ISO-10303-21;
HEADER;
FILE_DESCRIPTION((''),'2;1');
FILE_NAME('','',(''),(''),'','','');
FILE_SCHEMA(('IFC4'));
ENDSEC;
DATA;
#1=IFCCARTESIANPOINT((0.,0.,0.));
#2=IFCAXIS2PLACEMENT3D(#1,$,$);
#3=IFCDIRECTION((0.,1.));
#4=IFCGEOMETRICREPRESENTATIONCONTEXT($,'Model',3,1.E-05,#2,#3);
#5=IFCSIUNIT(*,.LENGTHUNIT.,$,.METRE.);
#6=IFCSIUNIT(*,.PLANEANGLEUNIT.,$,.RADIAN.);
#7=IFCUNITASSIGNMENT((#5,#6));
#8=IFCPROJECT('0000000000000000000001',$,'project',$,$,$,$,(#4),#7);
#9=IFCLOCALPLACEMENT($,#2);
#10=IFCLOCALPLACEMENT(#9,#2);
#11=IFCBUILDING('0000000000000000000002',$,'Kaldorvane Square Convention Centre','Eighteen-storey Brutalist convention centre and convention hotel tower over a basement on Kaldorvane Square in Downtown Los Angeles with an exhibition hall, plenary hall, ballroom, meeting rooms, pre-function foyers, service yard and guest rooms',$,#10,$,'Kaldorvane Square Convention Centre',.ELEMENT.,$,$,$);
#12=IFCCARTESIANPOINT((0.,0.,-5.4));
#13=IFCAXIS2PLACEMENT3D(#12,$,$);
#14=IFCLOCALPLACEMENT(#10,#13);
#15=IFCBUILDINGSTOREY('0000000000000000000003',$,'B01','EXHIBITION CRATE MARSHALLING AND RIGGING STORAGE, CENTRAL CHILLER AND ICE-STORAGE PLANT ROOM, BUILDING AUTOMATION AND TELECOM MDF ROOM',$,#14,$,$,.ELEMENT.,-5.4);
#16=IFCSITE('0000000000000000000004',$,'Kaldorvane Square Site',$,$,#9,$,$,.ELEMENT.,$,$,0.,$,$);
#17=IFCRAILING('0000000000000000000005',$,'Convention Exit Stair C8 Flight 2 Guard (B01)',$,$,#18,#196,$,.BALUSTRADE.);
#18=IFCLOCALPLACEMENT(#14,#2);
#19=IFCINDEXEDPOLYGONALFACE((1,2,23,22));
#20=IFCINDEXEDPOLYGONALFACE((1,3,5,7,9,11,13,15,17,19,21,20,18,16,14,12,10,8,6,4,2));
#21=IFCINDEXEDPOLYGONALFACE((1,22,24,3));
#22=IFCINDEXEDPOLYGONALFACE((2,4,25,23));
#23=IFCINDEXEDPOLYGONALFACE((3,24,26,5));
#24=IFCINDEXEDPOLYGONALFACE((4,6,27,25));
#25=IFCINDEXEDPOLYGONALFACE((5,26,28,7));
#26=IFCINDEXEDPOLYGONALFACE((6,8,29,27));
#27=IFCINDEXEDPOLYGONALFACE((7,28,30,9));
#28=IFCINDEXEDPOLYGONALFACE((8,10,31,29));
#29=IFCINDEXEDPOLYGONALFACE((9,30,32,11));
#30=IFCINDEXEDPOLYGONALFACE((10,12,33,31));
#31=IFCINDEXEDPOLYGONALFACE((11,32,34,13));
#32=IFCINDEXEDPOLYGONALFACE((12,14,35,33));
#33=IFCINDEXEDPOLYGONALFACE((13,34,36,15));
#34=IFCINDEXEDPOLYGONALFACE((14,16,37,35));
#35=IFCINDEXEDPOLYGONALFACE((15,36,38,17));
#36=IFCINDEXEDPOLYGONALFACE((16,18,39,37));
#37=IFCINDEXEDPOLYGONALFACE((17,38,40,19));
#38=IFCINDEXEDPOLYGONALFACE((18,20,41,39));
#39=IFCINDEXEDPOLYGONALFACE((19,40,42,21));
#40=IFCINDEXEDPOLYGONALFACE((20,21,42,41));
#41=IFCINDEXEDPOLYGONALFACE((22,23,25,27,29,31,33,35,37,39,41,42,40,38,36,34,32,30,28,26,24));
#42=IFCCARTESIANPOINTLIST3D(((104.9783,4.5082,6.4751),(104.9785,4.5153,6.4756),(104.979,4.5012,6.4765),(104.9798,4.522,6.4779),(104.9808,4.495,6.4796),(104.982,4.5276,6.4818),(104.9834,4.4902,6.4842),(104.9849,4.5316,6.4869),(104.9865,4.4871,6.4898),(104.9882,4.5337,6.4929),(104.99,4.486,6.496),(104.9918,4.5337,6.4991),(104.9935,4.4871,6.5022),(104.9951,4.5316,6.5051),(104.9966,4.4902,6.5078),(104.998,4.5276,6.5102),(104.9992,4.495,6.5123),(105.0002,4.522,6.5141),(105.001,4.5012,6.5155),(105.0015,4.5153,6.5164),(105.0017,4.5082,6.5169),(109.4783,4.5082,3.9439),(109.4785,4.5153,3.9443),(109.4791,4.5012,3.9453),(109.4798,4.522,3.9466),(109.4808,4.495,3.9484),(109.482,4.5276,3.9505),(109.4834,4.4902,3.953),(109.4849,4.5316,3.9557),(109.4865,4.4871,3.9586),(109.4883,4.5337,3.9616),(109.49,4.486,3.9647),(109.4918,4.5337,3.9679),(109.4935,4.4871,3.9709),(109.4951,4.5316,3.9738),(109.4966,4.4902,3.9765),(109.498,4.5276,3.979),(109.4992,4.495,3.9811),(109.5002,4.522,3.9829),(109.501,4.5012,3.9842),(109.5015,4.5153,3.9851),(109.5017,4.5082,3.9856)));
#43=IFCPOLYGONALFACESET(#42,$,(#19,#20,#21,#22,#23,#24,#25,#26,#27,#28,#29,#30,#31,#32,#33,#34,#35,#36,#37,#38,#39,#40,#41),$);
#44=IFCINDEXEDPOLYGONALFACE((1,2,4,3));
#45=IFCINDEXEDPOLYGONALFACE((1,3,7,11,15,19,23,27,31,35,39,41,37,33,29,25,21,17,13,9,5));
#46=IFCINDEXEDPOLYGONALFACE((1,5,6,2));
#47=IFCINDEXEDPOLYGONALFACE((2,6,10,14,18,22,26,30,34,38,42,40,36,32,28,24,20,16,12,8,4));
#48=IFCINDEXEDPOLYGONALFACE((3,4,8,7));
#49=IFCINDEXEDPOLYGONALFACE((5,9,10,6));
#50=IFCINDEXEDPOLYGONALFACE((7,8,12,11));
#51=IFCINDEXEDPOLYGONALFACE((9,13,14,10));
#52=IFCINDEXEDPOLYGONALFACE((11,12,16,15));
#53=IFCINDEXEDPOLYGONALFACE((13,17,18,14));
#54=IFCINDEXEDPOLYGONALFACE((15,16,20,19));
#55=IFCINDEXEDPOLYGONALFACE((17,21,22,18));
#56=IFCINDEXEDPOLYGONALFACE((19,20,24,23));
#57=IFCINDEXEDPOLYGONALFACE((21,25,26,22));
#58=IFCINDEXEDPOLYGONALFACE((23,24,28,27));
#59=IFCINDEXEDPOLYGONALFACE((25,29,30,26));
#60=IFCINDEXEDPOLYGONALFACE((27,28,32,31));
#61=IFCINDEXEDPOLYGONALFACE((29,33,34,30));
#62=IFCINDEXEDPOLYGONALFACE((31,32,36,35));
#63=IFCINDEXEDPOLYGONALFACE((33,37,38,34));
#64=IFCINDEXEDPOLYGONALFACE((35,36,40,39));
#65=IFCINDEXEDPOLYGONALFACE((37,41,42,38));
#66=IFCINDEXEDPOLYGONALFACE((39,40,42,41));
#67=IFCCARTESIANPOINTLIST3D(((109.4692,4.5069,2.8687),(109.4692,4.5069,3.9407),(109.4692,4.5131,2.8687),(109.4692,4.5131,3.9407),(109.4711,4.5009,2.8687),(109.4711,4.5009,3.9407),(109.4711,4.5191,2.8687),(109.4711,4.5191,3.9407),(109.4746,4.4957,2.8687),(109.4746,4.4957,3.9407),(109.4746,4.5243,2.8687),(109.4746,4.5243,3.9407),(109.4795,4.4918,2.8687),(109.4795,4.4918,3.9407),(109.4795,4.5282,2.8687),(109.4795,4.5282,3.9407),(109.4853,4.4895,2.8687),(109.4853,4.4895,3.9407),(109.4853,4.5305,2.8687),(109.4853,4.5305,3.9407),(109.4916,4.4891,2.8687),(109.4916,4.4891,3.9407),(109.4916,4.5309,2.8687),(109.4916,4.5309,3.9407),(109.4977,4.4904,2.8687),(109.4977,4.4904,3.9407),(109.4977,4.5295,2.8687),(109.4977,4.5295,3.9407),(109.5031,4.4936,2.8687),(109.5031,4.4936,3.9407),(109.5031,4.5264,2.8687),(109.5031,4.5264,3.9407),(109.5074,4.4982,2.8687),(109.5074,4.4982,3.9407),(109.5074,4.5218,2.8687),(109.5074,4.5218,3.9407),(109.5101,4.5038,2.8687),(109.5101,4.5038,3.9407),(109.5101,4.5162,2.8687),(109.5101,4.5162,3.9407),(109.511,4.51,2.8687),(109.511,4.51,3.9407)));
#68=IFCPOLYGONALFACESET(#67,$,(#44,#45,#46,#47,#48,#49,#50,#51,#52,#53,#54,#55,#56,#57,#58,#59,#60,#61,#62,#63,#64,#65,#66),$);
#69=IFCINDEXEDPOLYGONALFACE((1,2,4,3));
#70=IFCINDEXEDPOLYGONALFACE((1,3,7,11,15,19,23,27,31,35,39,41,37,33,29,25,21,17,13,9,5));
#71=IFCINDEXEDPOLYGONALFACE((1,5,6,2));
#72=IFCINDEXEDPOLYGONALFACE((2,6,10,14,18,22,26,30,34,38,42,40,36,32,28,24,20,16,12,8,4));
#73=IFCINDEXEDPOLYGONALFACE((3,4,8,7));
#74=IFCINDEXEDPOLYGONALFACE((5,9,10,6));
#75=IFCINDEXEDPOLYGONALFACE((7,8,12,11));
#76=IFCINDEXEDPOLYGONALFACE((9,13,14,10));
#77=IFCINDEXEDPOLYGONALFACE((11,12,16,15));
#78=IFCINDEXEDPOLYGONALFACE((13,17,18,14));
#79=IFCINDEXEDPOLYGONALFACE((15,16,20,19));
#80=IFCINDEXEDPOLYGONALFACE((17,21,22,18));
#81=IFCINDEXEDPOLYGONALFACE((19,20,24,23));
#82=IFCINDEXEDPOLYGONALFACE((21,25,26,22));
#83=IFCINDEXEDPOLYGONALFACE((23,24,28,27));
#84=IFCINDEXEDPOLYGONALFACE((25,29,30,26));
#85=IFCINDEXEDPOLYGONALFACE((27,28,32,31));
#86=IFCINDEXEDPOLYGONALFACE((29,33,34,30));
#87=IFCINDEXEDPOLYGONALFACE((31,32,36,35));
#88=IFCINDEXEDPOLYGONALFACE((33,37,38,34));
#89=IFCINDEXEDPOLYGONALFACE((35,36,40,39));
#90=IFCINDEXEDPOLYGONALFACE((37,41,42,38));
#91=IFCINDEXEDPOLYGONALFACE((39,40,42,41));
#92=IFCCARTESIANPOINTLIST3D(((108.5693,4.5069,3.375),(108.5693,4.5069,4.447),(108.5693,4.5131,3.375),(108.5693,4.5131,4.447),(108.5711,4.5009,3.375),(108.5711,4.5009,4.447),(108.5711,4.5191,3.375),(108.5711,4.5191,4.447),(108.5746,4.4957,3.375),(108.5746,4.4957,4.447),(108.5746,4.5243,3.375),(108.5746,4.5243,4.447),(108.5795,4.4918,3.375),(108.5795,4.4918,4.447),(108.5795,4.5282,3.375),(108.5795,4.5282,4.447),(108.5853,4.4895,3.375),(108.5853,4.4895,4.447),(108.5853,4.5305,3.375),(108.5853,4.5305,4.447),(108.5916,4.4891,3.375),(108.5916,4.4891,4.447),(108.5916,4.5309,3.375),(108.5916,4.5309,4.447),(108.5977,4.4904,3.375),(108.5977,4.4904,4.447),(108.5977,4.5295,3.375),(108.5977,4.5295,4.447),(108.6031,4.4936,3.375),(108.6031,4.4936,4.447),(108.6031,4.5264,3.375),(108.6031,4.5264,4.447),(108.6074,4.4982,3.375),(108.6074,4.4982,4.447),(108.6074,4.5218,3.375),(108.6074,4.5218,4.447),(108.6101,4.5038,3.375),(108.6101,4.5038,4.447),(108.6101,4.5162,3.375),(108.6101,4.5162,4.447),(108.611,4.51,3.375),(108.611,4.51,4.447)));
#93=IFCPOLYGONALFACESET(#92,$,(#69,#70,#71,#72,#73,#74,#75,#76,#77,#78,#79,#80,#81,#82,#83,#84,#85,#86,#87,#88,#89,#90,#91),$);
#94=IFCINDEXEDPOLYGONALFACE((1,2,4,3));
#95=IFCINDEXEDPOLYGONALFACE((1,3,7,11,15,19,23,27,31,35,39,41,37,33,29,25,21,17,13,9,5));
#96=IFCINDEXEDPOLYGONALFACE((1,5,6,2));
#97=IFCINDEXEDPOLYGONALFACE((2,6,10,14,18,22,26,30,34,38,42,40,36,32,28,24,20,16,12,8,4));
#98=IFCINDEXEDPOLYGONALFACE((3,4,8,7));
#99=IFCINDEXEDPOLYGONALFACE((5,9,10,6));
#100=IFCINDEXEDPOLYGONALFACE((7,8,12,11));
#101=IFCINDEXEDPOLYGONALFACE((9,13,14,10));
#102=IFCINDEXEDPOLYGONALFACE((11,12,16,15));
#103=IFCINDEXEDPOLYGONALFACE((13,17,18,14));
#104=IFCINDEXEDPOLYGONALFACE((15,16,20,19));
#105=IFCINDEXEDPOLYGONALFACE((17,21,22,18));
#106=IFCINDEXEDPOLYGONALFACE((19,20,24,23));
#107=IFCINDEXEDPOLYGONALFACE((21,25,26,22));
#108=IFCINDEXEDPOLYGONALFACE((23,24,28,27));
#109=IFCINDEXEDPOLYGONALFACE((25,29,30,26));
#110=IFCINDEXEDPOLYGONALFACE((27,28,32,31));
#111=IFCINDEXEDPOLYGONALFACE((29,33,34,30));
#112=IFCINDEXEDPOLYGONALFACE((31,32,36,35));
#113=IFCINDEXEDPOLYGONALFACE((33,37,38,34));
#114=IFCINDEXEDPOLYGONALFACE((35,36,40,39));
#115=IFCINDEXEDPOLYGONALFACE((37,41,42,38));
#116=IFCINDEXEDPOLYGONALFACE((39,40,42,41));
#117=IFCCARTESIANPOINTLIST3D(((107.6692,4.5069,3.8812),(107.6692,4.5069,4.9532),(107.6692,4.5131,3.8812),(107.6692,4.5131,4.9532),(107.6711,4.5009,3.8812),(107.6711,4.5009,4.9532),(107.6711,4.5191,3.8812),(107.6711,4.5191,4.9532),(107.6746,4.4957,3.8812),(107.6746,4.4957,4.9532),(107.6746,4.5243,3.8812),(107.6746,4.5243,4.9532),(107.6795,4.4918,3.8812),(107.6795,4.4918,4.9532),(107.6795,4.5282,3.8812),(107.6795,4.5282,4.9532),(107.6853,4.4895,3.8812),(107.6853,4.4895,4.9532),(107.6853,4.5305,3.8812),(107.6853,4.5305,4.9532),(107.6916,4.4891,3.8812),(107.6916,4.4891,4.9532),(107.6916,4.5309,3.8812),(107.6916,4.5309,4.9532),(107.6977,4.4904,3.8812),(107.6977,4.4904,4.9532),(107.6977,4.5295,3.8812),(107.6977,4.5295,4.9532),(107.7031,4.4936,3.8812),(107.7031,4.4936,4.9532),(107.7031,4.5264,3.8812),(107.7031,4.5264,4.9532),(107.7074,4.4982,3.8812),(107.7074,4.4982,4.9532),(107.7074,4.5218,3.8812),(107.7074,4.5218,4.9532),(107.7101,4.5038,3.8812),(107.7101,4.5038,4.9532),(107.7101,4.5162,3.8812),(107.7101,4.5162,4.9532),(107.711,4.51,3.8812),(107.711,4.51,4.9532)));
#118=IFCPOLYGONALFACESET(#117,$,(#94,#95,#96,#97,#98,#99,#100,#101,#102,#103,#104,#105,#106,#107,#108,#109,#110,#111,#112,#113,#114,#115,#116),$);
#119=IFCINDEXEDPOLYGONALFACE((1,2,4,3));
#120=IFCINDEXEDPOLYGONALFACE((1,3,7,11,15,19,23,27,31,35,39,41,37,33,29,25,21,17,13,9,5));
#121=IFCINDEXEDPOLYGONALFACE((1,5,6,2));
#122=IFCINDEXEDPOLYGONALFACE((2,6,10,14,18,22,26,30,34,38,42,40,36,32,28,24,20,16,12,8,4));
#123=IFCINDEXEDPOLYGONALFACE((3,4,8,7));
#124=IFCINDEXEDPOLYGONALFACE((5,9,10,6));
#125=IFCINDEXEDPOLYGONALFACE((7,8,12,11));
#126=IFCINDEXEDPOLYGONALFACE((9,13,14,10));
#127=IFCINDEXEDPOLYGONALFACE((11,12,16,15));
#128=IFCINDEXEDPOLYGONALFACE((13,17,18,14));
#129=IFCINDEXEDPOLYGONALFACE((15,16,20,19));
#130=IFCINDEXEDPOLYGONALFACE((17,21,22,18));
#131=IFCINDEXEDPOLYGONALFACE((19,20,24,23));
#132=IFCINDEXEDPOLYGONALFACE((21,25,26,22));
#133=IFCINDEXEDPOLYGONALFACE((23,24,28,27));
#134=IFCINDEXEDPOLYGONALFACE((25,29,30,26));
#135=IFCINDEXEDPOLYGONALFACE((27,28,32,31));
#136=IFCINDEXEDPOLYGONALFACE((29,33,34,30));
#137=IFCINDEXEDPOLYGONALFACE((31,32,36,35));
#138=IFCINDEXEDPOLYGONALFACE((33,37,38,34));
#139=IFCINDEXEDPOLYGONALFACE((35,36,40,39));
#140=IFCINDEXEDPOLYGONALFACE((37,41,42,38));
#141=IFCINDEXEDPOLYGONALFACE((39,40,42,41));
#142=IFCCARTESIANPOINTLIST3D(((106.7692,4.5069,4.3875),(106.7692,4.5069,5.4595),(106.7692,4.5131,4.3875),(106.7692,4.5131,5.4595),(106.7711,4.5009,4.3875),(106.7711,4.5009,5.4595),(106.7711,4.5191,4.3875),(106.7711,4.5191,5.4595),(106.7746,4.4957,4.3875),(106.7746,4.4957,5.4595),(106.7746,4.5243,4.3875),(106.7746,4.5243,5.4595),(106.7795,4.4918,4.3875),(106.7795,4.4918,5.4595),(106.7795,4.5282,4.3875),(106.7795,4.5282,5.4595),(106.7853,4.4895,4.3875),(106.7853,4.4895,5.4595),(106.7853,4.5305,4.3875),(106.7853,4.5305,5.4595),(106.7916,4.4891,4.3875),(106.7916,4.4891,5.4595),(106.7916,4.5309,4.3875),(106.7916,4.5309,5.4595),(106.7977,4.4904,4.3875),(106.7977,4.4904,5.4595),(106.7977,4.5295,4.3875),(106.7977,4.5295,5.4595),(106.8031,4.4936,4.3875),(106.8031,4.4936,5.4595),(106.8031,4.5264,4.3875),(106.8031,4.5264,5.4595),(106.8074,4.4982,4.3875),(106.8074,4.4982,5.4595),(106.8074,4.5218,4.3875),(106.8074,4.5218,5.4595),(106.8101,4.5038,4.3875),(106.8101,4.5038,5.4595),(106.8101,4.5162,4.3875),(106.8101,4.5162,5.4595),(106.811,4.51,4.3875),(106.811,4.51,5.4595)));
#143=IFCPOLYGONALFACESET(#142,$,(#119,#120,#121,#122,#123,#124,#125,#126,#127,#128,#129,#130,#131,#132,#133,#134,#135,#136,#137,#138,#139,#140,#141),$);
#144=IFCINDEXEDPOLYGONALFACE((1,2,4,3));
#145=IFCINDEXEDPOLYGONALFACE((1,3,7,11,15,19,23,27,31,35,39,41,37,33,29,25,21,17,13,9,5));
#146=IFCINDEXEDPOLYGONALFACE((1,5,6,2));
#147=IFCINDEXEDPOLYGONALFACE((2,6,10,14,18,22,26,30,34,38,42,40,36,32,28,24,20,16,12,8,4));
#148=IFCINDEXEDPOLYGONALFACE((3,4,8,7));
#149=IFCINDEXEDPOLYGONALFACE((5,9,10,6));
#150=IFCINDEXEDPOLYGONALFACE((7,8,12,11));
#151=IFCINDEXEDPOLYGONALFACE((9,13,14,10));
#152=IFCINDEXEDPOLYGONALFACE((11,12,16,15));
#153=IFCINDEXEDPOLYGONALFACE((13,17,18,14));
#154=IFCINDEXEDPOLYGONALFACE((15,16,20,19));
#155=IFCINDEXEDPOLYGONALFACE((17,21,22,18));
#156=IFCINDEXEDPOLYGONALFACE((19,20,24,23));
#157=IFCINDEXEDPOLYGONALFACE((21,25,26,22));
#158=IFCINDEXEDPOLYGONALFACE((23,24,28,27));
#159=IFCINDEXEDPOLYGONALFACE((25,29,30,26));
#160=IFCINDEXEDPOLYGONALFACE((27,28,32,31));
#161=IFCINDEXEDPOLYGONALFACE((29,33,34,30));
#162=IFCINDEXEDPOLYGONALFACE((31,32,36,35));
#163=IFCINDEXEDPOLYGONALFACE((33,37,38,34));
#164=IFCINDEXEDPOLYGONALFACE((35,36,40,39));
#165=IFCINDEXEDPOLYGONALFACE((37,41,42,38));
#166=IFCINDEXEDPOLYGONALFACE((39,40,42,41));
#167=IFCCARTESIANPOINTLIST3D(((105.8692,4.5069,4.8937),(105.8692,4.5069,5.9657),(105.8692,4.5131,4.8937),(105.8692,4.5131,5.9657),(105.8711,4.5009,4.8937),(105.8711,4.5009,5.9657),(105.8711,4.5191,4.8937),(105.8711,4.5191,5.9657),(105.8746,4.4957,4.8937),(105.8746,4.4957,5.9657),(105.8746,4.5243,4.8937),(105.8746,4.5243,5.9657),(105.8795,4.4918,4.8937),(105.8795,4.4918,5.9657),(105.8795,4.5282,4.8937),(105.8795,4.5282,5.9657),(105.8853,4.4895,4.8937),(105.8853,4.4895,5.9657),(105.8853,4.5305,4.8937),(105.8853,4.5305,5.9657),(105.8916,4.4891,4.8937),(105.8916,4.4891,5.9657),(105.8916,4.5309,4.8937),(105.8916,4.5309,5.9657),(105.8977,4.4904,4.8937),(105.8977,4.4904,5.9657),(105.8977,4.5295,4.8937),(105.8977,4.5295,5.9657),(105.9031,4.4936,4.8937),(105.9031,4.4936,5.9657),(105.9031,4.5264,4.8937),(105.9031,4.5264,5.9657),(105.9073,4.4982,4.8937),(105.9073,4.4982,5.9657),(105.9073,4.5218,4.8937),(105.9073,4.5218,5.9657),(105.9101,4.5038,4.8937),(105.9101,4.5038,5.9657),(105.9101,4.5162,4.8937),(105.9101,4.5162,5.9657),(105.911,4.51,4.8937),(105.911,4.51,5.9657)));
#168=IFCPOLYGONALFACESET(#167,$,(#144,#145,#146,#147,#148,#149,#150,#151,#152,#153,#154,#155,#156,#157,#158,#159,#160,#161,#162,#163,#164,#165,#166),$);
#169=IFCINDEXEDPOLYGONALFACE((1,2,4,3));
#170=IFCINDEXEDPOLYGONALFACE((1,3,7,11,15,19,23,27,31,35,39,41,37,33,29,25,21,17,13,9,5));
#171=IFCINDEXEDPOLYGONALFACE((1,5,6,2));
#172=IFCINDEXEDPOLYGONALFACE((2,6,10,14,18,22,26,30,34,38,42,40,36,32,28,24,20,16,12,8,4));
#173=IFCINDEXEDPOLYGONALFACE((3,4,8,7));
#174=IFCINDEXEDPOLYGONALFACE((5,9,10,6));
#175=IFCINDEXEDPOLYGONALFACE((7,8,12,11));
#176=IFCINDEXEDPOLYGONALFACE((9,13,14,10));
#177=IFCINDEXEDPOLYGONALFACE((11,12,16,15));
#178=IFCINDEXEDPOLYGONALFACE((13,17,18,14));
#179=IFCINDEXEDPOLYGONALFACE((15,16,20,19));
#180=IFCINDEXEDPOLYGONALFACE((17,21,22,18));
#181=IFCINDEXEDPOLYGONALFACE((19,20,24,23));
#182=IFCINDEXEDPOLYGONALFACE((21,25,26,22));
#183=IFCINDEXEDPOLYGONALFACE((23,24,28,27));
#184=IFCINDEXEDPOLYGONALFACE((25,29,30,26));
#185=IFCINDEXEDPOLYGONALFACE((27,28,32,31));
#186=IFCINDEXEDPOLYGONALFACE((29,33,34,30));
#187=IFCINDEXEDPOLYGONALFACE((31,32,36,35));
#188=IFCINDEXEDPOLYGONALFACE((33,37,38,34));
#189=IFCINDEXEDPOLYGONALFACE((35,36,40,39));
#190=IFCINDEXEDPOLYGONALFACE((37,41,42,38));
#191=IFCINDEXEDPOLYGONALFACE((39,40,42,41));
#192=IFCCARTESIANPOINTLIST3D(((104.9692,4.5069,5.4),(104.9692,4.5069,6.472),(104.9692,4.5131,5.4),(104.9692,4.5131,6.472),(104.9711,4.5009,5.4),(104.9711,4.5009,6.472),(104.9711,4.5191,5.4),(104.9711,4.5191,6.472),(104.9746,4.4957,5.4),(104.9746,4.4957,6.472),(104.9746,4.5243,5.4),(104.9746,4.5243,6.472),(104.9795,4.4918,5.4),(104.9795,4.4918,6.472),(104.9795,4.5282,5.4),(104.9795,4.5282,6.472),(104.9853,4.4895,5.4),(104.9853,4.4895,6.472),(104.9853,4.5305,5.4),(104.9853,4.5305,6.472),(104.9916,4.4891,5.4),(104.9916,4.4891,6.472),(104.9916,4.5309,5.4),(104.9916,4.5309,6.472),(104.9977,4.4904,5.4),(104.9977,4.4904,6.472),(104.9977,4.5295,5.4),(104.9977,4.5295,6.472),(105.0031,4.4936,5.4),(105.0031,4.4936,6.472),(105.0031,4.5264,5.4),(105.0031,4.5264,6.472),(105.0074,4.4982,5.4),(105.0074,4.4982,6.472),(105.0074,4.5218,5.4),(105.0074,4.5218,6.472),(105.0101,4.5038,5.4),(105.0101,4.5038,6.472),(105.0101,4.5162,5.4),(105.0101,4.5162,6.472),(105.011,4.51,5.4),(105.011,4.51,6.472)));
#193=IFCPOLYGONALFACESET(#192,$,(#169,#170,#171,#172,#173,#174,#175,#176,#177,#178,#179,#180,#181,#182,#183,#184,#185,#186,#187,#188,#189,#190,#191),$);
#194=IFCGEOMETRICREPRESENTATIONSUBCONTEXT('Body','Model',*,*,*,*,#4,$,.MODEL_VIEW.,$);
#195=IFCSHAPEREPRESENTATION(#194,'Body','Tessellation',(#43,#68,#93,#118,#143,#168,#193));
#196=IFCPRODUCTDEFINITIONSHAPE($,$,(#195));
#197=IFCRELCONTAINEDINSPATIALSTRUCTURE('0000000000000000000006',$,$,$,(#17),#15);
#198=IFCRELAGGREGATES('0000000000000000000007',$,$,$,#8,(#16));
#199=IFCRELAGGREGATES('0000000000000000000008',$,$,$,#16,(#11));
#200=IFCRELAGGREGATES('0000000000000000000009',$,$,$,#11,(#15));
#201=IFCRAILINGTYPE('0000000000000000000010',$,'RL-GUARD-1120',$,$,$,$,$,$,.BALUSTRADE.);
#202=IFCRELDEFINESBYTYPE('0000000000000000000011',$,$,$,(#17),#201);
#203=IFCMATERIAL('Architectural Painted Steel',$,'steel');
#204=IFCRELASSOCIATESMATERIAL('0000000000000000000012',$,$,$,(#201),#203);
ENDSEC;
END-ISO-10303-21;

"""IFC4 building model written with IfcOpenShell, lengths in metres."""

from ifc_helpers import new_model, si_unit, direction, frame, origin, origin_2d, place, context, subcontext, project, spatial, circle, extrude, material, type_object, element, save


model = new_model("IFC4")

# Units and contexts
model_context = context("Model", 3, precision=1e-05, world=origin(), true_north=direction((0.0, 1.0)))
body_context = subcontext(model_context, "Body", "Model", "MODEL_VIEW")
ifc_project = project(units=[si_unit("LENGTHUNIT", "METRE"), si_unit("PLANEANGLEUNIT", "RADIAN")], contexts=[model_context])

# Site, building, storey
site_placement = place(None, origin())
site = spatial("IfcSite", under=ifc_project, at=site_placement, Name="Kaldorvane Square Site", CompositionType="ELEMENT", RefElevation=0.0)
building_placement = place(site_placement, origin())
building = spatial("IfcBuilding", under=site, at=building_placement, Name="Kaldorvane Square Convention Centre", Description="Eighteen-storey Brutalist convention centre and convention hotel tower over a basement on Kaldorvane Square in Downtown Los Angeles with an exhibition hall, plenary hall, ballroom, meeting rooms, pre-function foyers, service yard and guest rooms", LongName="Kaldorvane Square Convention Centre", CompositionType="ELEMENT")
storey_placement = place(building_placement, frame((0.0, 0.0, -5.4)))
storey = spatial("IfcBuildingStorey", under=building, at=storey_placement, Name="B01", Description="EXHIBITION CRATE MARSHALLING AND RIGGING STORAGE, CENTRAL CHILLER AND ICE-STORAGE PLANT ROOM, BUILDING AUTOMATION AND TELECOM MDF ROOM", CompositionType="ELEMENT", Elevation=-5.4)

# Railing
ifc_material_1 = material(Name="Architectural Painted Steel", Category="steel")
railing_type_1 = type_object("IfcRailingType", Name="RL-GUARD-1120", PredefinedType="BALUSTRADE", material=ifc_material_1)
railing_1_placement = place(storey_placement, frame((109.49, 4.51, 2.8687)))
element("IfcRailing", 1, at=railing_1_placement, inside=storey, type_object=railing_type_1, Name="Convention Exit Stair C8 Flight 2 Guard (B01)", PredefinedType="BALUSTRADE", context=body_context, shape_type="SweptSolid", body=[
    extrude(circle(Radius=0.024, at=origin_2d()), frame((0.0, 0.0, 1.096), z_axis=(-0.871576, 0.0, 0.490261), x_axis=(0.0, -1.0, 0.0)), (0.0, 0.0, 1.0), 5.1631),
    extrude(circle(Radius=0.021, at=origin_2d()), origin(), (0.0, 0.0, 1.0), 1.072),
    extrude(circle(Radius=0.021, at=origin_2d()), frame((-0.9, 0.0, 0.5063)), (0.0, 0.0, 1.0), 1.072),
    extrude(circle(Radius=0.021, at=origin_2d()), frame((-1.8, 0.0, 1.0125)), (0.0, 0.0, 1.0), 1.072),
    extrude(circle(Radius=0.021, at=origin_2d()), frame((-2.7, 0.0, 1.5188)), (0.0, 0.0, 1.0), 1.072),
    extrude(circle(Radius=0.021, at=origin_2d()), frame((-3.6, 0.0, 2.025)), (0.0, 0.0, 1.0), 1.072),
    extrude(circle(Radius=0.021, at=origin_2d()), frame((-4.5, 0.0, 2.5312)), (0.0, 0.0, 1.0), 1.072),
])

save(model, "model.ifc")
